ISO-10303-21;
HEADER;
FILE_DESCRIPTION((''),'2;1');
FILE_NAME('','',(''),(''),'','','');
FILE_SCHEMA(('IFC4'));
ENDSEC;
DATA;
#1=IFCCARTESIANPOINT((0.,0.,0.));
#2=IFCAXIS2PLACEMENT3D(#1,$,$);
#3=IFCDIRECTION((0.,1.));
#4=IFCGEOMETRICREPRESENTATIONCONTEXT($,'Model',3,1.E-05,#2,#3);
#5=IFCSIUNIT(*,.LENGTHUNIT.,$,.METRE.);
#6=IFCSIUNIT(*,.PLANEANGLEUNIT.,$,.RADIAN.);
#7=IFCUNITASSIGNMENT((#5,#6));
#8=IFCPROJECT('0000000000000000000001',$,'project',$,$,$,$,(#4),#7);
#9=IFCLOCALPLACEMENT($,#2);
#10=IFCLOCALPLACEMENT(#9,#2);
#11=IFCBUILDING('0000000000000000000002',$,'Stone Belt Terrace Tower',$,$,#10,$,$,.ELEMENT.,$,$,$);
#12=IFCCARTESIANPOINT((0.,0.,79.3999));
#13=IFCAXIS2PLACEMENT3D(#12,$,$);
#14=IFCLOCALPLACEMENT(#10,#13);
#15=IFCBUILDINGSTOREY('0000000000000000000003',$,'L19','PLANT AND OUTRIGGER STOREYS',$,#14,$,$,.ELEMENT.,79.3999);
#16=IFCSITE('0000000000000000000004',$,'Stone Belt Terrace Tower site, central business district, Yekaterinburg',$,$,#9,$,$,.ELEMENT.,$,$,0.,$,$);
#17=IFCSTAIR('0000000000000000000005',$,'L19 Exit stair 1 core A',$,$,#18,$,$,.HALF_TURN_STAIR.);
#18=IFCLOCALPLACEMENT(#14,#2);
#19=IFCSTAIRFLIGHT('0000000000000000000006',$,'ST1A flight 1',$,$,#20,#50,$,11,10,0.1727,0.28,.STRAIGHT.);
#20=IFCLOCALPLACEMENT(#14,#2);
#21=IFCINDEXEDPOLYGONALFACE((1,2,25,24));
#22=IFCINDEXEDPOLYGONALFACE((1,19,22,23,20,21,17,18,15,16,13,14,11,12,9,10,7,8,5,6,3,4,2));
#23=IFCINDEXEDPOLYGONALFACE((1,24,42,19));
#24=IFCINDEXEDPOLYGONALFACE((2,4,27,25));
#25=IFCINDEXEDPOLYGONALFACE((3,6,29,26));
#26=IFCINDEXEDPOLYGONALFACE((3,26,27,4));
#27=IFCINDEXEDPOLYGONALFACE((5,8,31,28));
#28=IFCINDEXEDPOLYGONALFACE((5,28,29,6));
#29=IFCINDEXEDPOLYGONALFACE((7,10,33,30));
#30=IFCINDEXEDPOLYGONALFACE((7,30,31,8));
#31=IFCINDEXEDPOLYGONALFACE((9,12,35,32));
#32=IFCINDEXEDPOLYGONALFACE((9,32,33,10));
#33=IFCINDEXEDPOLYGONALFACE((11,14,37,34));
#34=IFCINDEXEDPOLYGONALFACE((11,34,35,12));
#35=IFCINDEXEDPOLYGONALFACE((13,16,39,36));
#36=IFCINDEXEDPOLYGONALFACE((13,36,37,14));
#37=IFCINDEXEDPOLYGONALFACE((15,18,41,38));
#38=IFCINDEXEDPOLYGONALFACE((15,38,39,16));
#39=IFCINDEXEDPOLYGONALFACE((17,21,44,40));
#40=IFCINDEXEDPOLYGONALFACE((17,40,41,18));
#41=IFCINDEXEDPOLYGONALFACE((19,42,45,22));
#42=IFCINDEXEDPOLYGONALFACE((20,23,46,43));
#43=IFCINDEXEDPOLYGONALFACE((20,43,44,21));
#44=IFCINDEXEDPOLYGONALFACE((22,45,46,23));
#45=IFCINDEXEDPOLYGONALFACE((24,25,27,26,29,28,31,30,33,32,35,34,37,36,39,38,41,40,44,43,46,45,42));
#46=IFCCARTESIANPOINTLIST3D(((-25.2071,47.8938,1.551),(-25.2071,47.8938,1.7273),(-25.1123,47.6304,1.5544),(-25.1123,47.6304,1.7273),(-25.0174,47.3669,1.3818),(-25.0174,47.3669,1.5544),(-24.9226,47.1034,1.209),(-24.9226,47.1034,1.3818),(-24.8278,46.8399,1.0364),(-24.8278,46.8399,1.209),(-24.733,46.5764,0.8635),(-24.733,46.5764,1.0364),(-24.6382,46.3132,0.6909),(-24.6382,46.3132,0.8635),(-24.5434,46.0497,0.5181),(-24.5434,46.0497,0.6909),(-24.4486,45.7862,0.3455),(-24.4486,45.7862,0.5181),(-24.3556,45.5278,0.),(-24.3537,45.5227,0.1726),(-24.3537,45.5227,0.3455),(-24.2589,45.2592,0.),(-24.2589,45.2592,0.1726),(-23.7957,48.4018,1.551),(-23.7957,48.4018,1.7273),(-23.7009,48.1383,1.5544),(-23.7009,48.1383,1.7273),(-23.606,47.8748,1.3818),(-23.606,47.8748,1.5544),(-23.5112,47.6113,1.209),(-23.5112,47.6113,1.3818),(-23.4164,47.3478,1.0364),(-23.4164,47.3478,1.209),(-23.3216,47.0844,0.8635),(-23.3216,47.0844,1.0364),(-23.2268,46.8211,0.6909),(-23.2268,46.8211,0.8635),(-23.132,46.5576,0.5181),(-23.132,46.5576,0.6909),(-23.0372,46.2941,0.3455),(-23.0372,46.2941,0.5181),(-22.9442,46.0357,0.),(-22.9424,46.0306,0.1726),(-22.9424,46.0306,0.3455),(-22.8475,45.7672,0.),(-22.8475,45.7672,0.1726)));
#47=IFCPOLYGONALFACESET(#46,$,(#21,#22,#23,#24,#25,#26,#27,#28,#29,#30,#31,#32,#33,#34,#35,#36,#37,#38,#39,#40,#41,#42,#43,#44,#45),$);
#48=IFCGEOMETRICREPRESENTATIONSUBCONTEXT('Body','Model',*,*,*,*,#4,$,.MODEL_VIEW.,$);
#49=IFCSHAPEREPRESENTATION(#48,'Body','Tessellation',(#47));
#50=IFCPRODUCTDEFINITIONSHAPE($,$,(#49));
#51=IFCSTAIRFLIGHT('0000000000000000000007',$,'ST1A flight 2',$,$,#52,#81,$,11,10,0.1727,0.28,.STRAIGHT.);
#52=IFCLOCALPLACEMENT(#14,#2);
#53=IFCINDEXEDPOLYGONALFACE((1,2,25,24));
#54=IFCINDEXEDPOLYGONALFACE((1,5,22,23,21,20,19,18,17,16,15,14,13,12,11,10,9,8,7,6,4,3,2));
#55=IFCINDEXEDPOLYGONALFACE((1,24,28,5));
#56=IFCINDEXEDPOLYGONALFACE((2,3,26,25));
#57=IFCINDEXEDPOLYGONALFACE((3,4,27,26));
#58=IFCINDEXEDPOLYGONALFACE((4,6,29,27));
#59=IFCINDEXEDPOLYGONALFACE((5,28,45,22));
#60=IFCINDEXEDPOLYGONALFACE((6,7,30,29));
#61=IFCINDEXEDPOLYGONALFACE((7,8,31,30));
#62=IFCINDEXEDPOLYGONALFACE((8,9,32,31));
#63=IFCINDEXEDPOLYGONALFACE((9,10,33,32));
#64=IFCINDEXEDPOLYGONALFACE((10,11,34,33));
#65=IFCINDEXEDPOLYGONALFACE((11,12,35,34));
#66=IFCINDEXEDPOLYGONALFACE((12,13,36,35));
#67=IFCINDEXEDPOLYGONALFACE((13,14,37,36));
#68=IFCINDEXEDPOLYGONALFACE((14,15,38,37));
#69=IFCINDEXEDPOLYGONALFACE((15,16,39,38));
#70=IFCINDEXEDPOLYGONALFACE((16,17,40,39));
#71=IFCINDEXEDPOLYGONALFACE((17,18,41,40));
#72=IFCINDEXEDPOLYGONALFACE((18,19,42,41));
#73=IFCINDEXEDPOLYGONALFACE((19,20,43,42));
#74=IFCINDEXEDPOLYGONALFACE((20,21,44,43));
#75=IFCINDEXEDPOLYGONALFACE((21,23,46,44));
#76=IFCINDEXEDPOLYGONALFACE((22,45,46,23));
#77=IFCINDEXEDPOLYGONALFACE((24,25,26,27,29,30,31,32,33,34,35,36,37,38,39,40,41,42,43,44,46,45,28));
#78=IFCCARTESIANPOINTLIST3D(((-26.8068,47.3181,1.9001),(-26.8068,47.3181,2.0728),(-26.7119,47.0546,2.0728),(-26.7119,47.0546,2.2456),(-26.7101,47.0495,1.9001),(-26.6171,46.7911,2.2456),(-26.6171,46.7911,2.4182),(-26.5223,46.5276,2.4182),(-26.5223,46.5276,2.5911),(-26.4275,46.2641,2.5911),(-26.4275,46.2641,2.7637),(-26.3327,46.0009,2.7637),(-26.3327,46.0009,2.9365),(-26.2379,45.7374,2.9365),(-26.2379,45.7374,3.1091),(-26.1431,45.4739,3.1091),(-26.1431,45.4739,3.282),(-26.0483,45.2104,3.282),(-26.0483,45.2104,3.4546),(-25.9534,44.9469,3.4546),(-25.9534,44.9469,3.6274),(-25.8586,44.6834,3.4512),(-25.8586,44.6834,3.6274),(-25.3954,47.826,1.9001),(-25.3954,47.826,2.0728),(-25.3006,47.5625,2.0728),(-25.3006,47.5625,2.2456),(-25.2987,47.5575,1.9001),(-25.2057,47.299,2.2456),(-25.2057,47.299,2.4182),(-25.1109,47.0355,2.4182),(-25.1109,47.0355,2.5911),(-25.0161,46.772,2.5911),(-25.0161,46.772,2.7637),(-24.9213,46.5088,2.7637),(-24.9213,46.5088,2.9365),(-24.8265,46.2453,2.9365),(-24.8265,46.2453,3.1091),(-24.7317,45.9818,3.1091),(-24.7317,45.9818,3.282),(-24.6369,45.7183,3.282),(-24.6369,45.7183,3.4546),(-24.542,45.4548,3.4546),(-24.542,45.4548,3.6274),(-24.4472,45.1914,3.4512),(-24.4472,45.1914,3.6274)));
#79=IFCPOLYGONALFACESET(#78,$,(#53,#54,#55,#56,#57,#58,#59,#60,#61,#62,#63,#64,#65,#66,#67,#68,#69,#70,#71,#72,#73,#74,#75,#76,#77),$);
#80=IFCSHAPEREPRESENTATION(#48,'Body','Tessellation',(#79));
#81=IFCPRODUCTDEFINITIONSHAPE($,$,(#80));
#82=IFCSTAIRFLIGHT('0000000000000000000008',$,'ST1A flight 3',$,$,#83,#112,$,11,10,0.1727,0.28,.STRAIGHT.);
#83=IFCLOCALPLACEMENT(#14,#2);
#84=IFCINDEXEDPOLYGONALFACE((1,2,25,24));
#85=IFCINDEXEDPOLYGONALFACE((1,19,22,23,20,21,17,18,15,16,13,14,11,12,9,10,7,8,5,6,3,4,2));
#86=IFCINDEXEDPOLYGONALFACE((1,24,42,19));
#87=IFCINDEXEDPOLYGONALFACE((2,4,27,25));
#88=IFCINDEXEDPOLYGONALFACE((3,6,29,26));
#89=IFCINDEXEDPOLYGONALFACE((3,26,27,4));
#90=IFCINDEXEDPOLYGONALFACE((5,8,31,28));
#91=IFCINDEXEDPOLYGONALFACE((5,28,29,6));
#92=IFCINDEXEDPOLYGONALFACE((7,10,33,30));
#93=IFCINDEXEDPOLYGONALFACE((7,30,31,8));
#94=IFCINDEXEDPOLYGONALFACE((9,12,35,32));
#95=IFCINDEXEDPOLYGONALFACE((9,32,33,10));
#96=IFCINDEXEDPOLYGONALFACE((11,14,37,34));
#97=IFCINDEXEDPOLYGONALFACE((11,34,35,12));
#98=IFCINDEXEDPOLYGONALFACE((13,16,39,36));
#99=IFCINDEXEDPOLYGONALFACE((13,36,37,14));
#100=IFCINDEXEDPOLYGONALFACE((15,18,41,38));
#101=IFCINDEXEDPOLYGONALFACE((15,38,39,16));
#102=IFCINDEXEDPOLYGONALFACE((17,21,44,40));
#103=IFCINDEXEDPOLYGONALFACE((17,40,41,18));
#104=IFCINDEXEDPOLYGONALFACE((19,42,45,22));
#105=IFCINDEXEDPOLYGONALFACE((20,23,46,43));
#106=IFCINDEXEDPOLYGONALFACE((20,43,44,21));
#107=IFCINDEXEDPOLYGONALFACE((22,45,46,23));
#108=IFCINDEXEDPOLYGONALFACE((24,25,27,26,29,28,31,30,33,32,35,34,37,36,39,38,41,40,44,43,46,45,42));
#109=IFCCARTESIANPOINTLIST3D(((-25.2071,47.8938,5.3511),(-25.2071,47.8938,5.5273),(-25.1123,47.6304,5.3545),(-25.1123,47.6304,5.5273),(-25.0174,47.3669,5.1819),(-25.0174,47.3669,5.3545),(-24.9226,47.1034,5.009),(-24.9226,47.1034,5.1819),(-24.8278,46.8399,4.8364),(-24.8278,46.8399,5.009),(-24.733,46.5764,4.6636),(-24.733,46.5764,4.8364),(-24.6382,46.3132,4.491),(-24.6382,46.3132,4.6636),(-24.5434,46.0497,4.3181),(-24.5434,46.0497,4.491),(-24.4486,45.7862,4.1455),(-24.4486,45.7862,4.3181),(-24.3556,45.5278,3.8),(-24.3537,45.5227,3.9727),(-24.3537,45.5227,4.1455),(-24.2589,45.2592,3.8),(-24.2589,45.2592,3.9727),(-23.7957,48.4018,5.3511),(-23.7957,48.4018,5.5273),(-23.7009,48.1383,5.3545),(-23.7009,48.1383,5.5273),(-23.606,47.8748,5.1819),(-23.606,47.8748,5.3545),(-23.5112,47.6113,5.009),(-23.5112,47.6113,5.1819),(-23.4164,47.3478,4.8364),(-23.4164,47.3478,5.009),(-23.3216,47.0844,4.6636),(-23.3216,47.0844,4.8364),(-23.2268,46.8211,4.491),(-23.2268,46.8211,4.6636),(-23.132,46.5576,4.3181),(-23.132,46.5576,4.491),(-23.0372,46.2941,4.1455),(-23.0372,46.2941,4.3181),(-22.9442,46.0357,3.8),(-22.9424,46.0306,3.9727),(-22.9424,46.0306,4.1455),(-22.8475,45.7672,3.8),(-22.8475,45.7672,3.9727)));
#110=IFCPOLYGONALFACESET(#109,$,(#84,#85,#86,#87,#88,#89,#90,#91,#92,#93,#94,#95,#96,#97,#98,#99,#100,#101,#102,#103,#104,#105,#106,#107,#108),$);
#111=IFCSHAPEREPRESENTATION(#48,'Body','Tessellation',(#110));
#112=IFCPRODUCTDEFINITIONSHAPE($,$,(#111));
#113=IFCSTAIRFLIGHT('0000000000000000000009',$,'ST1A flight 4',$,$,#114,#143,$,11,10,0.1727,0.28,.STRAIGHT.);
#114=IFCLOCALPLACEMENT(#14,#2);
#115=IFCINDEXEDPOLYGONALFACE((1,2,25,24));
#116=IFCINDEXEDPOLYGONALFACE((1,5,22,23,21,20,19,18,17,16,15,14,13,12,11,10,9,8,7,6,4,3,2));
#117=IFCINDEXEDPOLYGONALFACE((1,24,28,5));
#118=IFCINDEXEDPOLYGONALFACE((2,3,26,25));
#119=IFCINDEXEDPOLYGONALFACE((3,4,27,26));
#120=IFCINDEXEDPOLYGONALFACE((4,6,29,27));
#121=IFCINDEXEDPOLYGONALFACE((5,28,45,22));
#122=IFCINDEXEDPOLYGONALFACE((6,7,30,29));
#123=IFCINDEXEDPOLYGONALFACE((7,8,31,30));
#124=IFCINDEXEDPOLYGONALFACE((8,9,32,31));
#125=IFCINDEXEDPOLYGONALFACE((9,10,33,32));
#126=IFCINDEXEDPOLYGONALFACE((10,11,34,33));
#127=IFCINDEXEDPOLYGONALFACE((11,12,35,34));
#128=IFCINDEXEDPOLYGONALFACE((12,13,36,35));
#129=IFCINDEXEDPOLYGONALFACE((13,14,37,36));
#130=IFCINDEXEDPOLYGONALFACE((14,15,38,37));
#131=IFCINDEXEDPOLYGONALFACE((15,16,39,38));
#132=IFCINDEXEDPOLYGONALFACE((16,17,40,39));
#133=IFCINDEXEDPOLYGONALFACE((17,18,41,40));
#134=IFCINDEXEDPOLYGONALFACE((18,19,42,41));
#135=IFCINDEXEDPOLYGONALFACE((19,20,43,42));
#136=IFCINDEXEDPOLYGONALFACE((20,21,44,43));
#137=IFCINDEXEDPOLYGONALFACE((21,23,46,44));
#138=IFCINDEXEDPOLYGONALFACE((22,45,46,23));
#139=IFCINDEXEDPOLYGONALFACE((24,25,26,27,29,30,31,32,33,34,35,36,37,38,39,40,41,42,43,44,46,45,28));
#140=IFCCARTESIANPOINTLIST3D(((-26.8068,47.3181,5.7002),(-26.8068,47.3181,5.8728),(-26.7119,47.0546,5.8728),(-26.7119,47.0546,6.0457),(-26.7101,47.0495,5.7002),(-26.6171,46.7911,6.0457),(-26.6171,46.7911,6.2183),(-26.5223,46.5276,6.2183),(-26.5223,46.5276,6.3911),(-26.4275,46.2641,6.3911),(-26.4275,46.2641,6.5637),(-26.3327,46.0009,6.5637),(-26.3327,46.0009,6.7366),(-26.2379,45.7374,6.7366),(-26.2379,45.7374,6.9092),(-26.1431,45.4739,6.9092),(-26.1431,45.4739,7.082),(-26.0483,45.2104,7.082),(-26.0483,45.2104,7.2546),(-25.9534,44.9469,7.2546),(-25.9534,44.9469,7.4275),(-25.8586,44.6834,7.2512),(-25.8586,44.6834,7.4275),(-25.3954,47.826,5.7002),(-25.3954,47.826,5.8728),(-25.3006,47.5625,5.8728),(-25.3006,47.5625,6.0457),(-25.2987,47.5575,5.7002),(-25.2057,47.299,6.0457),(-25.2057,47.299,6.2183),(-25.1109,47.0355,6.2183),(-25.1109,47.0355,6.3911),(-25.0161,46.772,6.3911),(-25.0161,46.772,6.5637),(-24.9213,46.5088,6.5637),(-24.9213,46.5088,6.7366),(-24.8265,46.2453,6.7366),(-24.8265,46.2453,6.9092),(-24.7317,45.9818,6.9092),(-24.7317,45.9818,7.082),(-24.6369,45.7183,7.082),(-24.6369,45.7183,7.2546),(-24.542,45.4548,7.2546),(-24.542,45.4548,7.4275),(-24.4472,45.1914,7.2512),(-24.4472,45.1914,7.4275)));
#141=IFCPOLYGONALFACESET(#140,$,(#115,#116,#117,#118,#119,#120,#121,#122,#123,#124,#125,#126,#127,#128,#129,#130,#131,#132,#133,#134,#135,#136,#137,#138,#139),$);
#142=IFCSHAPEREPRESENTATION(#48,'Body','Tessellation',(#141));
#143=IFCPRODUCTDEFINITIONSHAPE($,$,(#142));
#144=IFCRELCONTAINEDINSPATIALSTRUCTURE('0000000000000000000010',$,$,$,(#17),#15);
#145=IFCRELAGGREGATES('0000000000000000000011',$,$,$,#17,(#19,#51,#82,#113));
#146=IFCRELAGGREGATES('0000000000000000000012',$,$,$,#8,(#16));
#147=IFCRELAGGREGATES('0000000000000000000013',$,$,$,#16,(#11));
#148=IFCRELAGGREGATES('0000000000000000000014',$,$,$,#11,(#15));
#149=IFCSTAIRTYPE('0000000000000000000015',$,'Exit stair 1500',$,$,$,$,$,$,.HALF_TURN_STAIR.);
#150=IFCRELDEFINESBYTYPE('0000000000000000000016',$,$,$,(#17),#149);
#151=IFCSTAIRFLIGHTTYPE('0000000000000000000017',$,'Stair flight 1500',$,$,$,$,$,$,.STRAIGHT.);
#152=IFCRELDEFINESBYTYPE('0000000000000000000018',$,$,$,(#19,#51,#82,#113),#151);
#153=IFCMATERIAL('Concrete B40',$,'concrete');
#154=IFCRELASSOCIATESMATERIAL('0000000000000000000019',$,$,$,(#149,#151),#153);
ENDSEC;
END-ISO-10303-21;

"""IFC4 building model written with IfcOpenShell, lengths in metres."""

from ifc_helpers import new_model, si_unit, direction, frame, origin, place, context, subcontext, project, spatial, polyline, outline, extrude, material, type_object, element, aggregate, save


model = new_model("IFC4")

# Units and contexts
model_context = context("Model", 3, precision=1e-05, world=origin(), true_north=direction((0.0, 1.0)))
body_context = subcontext(model_context, "Body", "Model", "MODEL_VIEW")
ifc_project = project(units=[si_unit("LENGTHUNIT", "METRE"), si_unit("PLANEANGLEUNIT", "RADIAN")], contexts=[model_context])

# Site, building, storey
site_placement = place(None, origin())
site = spatial("IfcSite", under=ifc_project, at=site_placement, Name="Stone Belt Terrace Tower site, central business district, Yekaterinburg", CompositionType="ELEMENT", RefElevation=0.0)
building_placement = place(site_placement, origin())
building = spatial("IfcBuilding", under=site, at=building_placement, Name="Stone Belt Terrace Tower", CompositionType="ELEMENT")
storey_placement = place(building_placement, frame((0.0, 0.0, 79.3999)))
storey = spatial("IfcBuildingStorey", under=building, at=storey_placement, Name="L19", Description="PLANT AND OUTRIGGER STOREYS", CompositionType="ELEMENT", Elevation=79.3999)

# Stair, stair flights
ifc_material_1 = material(Name="Concrete B40", Category="concrete")
stair_type = type_object("IfcStairType", Name="Exit stair 1500", PredefinedType="HALF_TURN_STAIR", material=ifc_material_1)
stair_placement = place(storey_placement, origin())
stair = element("IfcStair", 1, at=stair_placement, inside=storey, type_object=stair_type, Name="L19 Exit stair 1 core A", PredefinedType="HALF_TURN_STAIR")
stair_flight_type = type_object("IfcStairFlightType", Name="Stair flight 1500", PredefinedType="STRAIGHT", material=ifc_material_1)
stair_flight_1_placement = place(storey_placement, frame((-23.5532, 45.5132, 0.0), z_axis=(0.0, 0.0, 1.0), x_axis=(-0.338624, 0.940922, 0.0)))
stair_flight_1 = element("IfcStairFlight", 2, at=stair_flight_1_placement, type_object=stair_flight_type, Name="ST1A flight 1", NumberOfRisers=11, NumberOfTreads=10, PredefinedType="STRAIGHT", RiserHeight=0.1727, TreadLength=0.28, context=body_context, shape_type="SweptSolid", body=[
    extrude(outline(polyline([(0.0, 0.0), (0.0, 0.1726), (0.28, 0.1726), (0.28, 0.3455), (0.5601, 0.3455), (0.5601, 0.5181), (0.8401, 0.5181), (0.8401, 0.6909), (1.1201, 0.6909), (1.1201, 0.8635), (1.3999, 0.8635), (1.3999, 1.0364), (1.6799, 1.0364), (1.6799, 1.209), (1.96, 1.209), (1.96, 1.3818), (2.24, 1.3818), (2.24, 1.5544), (2.52, 1.5544), (2.52, 1.7273), (2.8, 1.7273), (2.8, 1.8999), (2.8, 1.551), (0.2854, 0.0), (0.0, 0.0)])), frame((0.0, 0.75, 0.0), z_axis=(0.0, -1.0, 0.0), x_axis=(1.0, 0.0, 0.0)), (0.0, 0.0, 1.0), 1.5),
])
stair_flight_2_placement = place(storey_placement, frame((-26.1011, 47.572, 1.9001), z_axis=(0.0, 0.0, 1.0), x_axis=(0.338624, -0.940922, 0.0)))
stair_flight_2 = element("IfcStairFlight", 3, at=stair_flight_2_placement, type_object=stair_flight_type, Name="ST1A flight 2", NumberOfRisers=11, NumberOfTreads=10, PredefinedType="STRAIGHT", RiserHeight=0.1727, TreadLength=0.28, context=body_context, shape_type="SweptSolid", body=[
    extrude(outline(polyline([(0.0, 0.0), (0.0, 0.1726), (0.28, 0.1726), (0.28, 0.3455), (0.5601, 0.3455), (0.5601, 0.5181), (0.8401, 0.5181), (0.8401, 0.6909), (1.1201, 0.6909), (1.1201, 0.8635), (1.3999, 0.8635), (1.3999, 1.0364), (1.6799, 1.0364), (1.6799, 1.209), (1.96, 1.209), (1.96, 1.3818), (2.24, 1.3818), (2.24, 1.5544), (2.52, 1.5544), (2.52, 1.7273), (2.8, 1.7273), (2.8, 1.8999), (2.8, 1.551), (0.2854, 0.0), (0.0, 0.0)])), frame((0.0, 0.75, 0.0), z_axis=(0.0, -1.0, 0.0), x_axis=(1.0, 0.0, 0.0)), (0.0, 0.0, 1.0), 1.5),
])
stair_flight_3_placement = place(storey_placement, frame((-23.5532, 45.5132, 3.8), z_axis=(0.0, 0.0, 1.0), x_axis=(-0.338624, 0.940922, 0.0)))
stair_flight_3 = element("IfcStairFlight", 4, at=stair_flight_3_placement, type_object=stair_flight_type, Name="ST1A flight 3", NumberOfRisers=11, NumberOfTreads=10, PredefinedType="STRAIGHT", RiserHeight=0.1727, TreadLength=0.28, context=body_context, shape_type="SweptSolid", body=[
    extrude(outline(polyline([(0.0, 0.0), (0.0, 0.1726), (0.28, 0.1726), (0.28, 0.3455), (0.5601, 0.3455), (0.5601, 0.5181), (0.8401, 0.5181), (0.8401, 0.6909), (1.1201, 0.6909), (1.1201, 0.8635), (1.3999, 0.8635), (1.3999, 1.0364), (1.6799, 1.0364), (1.6799, 1.209), (1.96, 1.209), (1.96, 1.3818), (2.24, 1.3818), (2.24, 1.5544), (2.52, 1.5544), (2.52, 1.7273), (2.8, 1.7273), (2.8, 1.8999), (2.8, 1.551), (0.2854, 0.0), (0.0, 0.0)])), frame((0.0, 0.75, 0.0), z_axis=(0.0, -1.0, 0.0), x_axis=(1.0, 0.0, 0.0)), (0.0, 0.0, 1.0), 1.5),
])
stair_flight_4_placement = place(storey_placement, frame((-26.1011, 47.572, 5.7002), z_axis=(0.0, 0.0, 1.0), x_axis=(0.338624, -0.940922, 0.0)))
stair_flight_4 = element("IfcStairFlight", 5, at=stair_flight_4_placement, type_object=stair_flight_type, Name="ST1A flight 4", NumberOfRisers=11, NumberOfTreads=10, PredefinedType="STRAIGHT", RiserHeight=0.1727, TreadLength=0.28, context=body_context, shape_type="SweptSolid", body=[
    extrude(outline(polyline([(0.0, 0.0), (0.0, 0.1726), (0.28, 0.1726), (0.28, 0.3455), (0.5601, 0.3455), (0.5601, 0.5181), (0.8401, 0.5181), (0.8401, 0.6909), (1.1201, 0.6909), (1.1201, 0.8635), (1.3999, 0.8635), (1.3999, 1.0364), (1.6799, 1.0364), (1.6799, 1.209), (1.96, 1.209), (1.96, 1.3818), (2.24, 1.3818), (2.24, 1.5544), (2.52, 1.5544), (2.52, 1.7273), (2.8, 1.7273), (2.8, 1.8999), (2.8, 1.551), (0.2854, 0.0), (0.0, 0.0)])), frame((0.0, 0.75, 0.0), z_axis=(0.0, -1.0, 0.0), x_axis=(1.0, 0.0, 0.0)), (0.0, 0.0, 1.0), 1.5),
])
aggregate(stair, [stair_flight_1, stair_flight_2, stair_flight_3, stair_flight_4])

save(model, "model.ifc")
